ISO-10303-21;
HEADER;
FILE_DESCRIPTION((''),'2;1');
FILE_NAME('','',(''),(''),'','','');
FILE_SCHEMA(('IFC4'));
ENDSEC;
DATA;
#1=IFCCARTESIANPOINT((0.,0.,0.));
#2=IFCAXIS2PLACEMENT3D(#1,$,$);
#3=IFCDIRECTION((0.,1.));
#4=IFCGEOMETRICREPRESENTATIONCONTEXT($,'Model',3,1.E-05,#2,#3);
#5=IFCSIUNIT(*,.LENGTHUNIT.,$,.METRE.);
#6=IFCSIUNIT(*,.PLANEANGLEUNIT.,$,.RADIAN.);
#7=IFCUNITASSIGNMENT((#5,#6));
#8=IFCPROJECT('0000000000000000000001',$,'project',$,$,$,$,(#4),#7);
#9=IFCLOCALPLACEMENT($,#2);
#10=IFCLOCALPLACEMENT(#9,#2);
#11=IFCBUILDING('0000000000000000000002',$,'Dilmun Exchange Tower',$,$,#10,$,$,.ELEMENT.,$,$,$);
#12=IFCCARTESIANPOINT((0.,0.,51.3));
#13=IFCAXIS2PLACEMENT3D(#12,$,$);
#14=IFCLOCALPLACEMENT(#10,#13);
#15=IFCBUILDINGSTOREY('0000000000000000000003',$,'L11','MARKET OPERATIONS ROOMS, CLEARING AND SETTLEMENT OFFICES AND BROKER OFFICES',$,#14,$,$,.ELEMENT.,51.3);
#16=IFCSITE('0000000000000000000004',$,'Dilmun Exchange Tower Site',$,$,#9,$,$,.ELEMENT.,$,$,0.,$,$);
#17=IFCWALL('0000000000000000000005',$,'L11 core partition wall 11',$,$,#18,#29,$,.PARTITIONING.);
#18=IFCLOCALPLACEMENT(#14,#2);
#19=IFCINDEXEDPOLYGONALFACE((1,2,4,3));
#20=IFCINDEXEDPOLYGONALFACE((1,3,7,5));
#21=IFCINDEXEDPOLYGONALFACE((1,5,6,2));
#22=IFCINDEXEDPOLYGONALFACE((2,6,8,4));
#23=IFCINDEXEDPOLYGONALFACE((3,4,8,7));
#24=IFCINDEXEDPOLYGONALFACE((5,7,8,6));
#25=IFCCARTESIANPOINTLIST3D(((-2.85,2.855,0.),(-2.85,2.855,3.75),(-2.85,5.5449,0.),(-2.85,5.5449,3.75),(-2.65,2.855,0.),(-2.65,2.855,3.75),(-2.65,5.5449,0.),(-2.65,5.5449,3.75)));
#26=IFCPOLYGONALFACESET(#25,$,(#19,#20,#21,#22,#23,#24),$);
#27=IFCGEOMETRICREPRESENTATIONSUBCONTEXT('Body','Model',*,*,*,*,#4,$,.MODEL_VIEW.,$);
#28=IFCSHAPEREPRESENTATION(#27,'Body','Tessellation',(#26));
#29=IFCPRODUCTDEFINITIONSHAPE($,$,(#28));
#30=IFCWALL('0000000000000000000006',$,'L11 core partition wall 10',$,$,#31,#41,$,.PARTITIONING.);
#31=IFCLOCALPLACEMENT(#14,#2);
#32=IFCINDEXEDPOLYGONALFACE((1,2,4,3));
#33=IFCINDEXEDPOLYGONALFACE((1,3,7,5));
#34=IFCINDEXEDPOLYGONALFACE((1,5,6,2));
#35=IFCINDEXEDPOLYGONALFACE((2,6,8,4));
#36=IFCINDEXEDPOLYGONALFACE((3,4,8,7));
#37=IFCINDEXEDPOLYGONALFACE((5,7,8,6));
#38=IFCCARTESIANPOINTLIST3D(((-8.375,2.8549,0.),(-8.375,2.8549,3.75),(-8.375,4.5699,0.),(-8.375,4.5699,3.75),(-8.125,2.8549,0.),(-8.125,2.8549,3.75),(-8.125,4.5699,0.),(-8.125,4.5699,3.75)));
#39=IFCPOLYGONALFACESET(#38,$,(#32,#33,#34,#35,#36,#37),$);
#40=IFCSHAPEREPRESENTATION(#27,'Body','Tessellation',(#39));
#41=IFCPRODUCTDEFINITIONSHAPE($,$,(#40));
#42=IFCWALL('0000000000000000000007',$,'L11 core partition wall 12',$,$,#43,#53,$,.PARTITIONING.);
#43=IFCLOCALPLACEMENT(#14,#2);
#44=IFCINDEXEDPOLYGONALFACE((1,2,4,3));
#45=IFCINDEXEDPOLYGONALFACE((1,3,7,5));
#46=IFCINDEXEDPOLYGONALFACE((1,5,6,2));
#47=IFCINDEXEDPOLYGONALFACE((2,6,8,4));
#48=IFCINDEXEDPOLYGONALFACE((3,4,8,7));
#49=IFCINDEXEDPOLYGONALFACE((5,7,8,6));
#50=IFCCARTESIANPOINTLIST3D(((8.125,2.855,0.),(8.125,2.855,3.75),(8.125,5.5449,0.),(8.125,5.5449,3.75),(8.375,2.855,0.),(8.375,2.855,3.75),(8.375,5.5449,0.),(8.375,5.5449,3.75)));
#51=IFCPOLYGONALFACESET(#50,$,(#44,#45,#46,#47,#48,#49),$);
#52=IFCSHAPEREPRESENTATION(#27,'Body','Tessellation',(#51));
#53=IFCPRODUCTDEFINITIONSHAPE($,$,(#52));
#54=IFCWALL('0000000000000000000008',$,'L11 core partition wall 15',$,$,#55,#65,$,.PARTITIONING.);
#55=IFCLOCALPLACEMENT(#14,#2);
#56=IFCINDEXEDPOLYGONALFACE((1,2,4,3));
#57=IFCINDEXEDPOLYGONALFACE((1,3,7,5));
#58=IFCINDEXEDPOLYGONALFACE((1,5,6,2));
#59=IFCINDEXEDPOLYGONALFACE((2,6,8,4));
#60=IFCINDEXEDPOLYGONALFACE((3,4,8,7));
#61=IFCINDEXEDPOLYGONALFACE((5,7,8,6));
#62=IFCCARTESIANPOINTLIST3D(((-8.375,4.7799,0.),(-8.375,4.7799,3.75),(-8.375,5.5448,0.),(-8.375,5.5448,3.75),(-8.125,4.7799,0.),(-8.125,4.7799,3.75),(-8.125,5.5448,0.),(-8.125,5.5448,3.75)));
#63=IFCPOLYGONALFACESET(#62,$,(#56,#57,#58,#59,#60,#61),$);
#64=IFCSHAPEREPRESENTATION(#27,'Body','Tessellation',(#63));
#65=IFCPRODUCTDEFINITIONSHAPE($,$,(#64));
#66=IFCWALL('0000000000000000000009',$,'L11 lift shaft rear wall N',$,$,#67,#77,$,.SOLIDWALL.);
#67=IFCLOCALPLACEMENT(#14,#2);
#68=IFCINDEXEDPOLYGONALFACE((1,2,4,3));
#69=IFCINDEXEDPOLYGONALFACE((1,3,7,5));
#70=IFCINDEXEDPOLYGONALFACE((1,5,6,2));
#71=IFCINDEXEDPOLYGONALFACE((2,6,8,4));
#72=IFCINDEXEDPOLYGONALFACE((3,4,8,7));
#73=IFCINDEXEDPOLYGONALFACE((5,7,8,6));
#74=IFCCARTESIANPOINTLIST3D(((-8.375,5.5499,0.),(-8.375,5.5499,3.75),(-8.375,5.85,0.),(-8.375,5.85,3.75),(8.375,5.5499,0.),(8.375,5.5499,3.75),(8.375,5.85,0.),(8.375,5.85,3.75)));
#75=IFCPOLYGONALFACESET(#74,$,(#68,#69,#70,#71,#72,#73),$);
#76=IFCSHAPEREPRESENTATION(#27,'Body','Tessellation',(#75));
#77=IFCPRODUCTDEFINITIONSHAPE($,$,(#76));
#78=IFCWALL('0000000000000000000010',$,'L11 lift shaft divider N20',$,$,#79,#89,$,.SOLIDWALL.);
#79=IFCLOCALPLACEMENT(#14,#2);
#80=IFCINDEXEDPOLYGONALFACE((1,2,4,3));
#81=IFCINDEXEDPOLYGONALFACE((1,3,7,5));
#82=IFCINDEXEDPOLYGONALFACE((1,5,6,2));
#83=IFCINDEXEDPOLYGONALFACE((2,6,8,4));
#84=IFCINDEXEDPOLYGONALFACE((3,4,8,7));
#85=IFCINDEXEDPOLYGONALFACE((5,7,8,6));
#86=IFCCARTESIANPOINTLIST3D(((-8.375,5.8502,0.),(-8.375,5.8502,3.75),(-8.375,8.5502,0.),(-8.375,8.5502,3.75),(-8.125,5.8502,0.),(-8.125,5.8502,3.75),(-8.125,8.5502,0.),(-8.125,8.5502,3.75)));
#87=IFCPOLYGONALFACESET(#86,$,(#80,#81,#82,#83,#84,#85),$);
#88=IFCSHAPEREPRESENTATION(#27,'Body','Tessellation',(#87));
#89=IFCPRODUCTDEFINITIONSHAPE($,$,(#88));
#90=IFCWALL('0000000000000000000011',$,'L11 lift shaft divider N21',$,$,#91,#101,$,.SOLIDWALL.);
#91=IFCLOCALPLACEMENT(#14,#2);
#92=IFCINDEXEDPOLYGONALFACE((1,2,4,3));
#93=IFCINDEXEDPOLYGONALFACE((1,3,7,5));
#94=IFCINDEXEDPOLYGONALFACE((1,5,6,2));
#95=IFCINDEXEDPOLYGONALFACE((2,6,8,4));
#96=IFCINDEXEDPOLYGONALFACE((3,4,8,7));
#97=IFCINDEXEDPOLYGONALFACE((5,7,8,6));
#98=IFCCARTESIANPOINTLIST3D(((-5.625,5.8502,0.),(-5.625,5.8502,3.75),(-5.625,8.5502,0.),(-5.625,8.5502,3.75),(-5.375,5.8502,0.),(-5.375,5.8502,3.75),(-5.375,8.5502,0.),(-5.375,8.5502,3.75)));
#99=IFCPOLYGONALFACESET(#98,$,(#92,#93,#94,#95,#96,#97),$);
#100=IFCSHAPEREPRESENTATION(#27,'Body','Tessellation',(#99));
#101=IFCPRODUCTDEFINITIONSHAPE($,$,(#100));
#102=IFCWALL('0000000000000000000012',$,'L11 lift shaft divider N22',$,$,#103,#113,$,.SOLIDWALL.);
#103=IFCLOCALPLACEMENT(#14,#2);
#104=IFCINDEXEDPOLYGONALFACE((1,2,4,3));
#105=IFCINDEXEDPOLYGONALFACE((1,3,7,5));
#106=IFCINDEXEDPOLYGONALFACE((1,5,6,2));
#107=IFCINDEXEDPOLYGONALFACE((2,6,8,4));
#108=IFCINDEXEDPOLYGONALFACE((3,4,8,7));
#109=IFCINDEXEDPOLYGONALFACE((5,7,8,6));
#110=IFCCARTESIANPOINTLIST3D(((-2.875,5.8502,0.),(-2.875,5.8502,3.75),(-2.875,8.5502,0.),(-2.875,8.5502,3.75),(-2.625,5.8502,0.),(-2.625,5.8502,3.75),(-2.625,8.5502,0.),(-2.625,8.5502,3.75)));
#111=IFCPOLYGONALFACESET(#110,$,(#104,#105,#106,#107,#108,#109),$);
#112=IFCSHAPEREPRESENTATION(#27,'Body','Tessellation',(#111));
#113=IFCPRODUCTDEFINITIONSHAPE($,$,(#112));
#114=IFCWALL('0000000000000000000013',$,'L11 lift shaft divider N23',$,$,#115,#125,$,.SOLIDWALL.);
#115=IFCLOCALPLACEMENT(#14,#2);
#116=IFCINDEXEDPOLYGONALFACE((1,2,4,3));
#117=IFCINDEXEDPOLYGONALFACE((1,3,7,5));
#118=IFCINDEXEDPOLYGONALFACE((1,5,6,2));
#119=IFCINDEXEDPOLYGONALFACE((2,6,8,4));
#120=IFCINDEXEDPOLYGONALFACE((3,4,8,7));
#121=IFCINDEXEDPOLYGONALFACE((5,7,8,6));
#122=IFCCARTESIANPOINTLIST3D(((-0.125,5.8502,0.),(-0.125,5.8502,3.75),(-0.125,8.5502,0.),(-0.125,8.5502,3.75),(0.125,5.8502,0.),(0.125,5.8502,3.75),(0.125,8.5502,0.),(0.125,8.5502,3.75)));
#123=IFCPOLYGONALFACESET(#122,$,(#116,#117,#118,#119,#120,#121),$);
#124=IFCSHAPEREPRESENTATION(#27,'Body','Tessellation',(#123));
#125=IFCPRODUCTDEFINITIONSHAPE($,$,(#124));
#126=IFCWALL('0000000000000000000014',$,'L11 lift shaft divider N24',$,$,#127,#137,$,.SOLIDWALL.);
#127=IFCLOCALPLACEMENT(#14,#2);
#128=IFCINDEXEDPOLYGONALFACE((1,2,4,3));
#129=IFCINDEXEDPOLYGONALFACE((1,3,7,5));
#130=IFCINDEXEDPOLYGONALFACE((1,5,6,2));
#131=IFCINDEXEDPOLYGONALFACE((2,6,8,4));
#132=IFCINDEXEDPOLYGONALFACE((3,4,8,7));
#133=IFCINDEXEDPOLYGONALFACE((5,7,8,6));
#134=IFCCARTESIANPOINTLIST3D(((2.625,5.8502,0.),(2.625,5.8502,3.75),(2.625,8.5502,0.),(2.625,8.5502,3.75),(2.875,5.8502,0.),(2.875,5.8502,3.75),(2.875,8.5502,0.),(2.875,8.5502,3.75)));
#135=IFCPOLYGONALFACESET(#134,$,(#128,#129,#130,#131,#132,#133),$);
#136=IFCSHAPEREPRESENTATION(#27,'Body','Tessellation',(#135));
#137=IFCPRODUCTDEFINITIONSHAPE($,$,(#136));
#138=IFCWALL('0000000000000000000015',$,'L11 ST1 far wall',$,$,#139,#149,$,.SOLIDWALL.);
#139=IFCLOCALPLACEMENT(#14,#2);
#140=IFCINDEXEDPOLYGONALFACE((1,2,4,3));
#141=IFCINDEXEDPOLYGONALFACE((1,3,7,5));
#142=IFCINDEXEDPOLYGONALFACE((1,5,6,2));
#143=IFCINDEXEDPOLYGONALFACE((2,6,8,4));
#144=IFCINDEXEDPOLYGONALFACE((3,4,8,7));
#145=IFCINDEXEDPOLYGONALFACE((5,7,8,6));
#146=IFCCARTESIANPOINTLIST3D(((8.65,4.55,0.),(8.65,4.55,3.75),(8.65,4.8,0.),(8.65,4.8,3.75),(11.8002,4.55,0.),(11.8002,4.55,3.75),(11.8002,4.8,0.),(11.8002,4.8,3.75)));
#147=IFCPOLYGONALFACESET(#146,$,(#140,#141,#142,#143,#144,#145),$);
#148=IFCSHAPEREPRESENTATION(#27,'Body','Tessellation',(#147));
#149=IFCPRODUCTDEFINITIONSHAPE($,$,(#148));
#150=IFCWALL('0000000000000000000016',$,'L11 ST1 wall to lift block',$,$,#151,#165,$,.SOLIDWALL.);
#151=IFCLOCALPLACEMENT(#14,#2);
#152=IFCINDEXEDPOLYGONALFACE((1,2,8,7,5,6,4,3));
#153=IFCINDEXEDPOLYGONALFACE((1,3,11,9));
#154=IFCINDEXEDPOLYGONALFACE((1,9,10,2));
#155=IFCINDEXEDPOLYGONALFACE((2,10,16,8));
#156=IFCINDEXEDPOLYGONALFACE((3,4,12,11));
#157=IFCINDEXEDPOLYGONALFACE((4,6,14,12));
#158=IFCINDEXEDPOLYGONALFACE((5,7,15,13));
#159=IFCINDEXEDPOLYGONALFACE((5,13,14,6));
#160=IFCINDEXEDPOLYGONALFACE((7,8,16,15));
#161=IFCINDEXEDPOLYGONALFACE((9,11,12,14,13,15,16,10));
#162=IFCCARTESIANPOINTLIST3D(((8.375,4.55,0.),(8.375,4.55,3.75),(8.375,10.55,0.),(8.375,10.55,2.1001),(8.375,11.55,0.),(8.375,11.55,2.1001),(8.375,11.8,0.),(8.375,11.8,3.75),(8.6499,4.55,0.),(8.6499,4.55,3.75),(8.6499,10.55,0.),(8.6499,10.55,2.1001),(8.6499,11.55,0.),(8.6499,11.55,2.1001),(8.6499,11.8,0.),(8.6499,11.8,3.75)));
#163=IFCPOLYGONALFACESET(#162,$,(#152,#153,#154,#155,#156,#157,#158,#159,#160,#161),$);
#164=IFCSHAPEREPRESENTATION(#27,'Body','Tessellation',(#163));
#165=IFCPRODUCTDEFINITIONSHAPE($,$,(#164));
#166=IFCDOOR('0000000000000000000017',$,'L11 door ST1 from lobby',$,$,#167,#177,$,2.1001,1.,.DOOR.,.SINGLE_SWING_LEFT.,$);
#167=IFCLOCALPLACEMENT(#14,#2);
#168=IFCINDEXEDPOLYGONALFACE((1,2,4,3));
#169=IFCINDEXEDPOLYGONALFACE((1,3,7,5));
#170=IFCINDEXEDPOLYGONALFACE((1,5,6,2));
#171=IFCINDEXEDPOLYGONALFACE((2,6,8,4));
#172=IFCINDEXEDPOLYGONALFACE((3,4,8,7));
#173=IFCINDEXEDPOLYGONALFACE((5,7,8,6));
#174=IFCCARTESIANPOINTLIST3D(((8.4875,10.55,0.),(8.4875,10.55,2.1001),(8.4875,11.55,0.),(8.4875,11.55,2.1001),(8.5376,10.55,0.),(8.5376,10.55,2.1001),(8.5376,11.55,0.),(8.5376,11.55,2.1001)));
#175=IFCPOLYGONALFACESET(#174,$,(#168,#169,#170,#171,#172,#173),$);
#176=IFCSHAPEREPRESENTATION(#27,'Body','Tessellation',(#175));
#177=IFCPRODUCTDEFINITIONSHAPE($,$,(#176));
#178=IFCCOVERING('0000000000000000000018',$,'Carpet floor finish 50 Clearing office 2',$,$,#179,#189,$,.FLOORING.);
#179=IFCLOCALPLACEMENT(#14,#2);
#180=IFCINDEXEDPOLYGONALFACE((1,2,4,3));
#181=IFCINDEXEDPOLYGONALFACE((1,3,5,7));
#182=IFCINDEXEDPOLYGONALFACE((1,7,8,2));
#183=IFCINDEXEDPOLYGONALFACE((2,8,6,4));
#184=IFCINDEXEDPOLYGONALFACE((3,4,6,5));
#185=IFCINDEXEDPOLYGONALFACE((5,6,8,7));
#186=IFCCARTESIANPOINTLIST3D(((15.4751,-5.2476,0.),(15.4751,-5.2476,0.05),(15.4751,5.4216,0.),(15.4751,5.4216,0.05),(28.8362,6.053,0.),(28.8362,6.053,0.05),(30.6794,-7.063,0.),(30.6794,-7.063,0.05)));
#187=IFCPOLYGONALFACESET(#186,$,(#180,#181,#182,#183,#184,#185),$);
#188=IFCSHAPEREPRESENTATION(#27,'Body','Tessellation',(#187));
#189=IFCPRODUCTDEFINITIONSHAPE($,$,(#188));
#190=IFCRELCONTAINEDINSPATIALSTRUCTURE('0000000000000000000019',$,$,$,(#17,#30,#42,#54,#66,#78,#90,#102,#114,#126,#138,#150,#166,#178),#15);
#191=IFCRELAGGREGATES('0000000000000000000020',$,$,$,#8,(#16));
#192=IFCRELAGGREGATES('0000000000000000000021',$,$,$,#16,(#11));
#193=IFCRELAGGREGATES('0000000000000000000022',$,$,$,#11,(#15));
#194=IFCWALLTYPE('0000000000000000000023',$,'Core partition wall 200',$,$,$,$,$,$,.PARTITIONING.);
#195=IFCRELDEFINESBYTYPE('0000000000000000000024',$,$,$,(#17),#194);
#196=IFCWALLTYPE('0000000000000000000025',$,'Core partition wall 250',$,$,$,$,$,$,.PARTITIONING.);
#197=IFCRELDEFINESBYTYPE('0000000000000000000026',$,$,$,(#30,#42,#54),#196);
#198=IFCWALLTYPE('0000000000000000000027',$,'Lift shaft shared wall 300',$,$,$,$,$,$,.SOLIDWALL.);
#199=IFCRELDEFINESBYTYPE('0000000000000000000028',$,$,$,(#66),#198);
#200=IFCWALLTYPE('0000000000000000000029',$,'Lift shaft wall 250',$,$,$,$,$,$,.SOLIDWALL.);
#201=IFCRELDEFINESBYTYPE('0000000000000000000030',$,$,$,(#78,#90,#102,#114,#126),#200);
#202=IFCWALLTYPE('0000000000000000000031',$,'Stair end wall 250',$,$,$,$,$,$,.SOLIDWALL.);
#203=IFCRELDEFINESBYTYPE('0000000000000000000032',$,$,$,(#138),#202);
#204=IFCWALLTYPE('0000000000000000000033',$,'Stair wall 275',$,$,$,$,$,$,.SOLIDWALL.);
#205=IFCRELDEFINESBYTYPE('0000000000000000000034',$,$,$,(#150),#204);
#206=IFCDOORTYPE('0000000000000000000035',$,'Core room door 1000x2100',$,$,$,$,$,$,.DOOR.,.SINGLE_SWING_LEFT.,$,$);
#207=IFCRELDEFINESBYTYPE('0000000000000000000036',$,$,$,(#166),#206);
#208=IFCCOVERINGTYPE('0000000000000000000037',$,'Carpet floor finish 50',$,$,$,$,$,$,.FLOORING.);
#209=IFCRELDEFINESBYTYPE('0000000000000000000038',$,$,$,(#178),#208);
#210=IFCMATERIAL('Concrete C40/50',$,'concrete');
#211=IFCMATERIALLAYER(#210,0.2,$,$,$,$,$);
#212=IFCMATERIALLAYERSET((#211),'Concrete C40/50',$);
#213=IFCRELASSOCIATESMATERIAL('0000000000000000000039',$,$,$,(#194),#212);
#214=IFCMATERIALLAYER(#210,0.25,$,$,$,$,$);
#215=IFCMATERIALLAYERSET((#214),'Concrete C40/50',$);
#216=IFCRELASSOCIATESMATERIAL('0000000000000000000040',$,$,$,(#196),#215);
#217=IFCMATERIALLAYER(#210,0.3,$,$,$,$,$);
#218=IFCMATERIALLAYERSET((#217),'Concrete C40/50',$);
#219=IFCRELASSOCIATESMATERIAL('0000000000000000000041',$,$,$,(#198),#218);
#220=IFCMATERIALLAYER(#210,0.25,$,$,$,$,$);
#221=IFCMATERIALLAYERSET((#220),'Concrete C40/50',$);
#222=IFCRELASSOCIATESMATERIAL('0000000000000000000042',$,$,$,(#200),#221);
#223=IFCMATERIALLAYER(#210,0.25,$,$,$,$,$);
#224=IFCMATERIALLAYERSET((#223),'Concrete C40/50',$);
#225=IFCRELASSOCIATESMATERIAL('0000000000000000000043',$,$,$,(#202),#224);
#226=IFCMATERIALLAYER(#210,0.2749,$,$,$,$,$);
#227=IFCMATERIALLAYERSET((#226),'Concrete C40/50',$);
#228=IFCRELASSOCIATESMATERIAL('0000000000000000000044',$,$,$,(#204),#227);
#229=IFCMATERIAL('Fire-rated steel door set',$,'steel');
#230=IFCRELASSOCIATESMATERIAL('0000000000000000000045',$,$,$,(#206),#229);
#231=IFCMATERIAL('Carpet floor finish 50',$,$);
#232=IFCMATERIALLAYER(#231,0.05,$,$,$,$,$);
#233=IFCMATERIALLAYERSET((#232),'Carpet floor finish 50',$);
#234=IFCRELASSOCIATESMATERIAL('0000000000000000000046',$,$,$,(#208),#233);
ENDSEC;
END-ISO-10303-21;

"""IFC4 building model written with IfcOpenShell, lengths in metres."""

from ifc_helpers import new_model, si_unit, direction, frame, frame_2d, origin, place, context, subcontext, project, spatial, polyline, rectangle, outline, extrude, material, layer, layer_set, type_object, element, fill, save


model = new_model("IFC4")

# Units and contexts
model_context = context("Model", 3, precision=1e-05, world=origin(), true_north=direction((0.0, 1.0)))
body_context = subcontext(model_context, "Body", "Model", "MODEL_VIEW")
ifc_project = project(units=[si_unit("LENGTHUNIT", "METRE"), si_unit("PLANEANGLEUNIT", "RADIAN")], contexts=[model_context])

# Site, building, storey
site_placement = place(None, origin())
site = spatial("IfcSite", under=ifc_project, at=site_placement, Name="Dilmun Exchange Tower Site", CompositionType="ELEMENT", RefElevation=0.0)
building_placement = place(site_placement, origin())
building = spatial("IfcBuilding", under=site, at=building_placement, Name="Dilmun Exchange Tower", CompositionType="ELEMENT")
storey_placement = place(building_placement, frame((0.0, 0.0, 51.3)))
storey = spatial("IfcBuildingStorey", under=building, at=storey_placement, Name="L11", Description="MARKET OPERATIONS ROOMS, CLEARING AND SETTLEMENT OFFICES AND BROKER OFFICES", CompositionType="ELEMENT", Elevation=51.3)

# Walls
ifc_material_1 = material(Name="Concrete C40/50", Category="concrete")
ifc_layer_1 = layer(ifc_material_1, 0.2)
ifc_layer_set_1 = layer_set([ifc_layer_1], Name="Concrete C40/50")
wall_type_1 = type_object("IfcWallType", Name="Core partition wall 200", PredefinedType="PARTITIONING", material=ifc_layer_set_1)
wall_1_placement = place(storey_placement, frame((-2.75, 2.855, 0.0), z_axis=(0.0, 0.0, 1.0), x_axis=(0.0, 1.0, 0.0)))
element("IfcWall", 1, at=wall_1_placement, inside=storey, type_object=wall_type_1, Name="L11 core partition wall 11", PredefinedType="PARTITIONING", context=body_context, shape_type="SweptSolid", body=[
    extrude(rectangle(XDim=2.6899, YDim=0.2, at=frame_2d((1.345, 0.0))), origin(), (0.0, 0.0, 1.0), 3.75),
])
ifc_layer_2 = layer(ifc_material_1, 0.25)
ifc_layer_set_2 = layer_set([ifc_layer_2], Name="Concrete C40/50")
wall_type_2 = type_object("IfcWallType", Name="Core partition wall 250", PredefinedType="PARTITIONING", material=ifc_layer_set_2)
wall_2_placement = place(storey_placement, frame((-8.25, 2.855, 0.0), z_axis=(0.0, 0.0, 1.0), x_axis=(0.0, 1.0, 0.0)))
element("IfcWall", 2, at=wall_2_placement, inside=storey, type_object=wall_type_2, Name="L11 core partition wall 10", PredefinedType="PARTITIONING", context=body_context, shape_type="SweptSolid", body=[
    extrude(rectangle(XDim=1.7151, YDim=0.25, at=frame_2d((0.8574, 0.0))), origin(), (0.0, 0.0, 1.0), 3.75),
])
wall_3_placement = place(storey_placement, frame((8.25, 2.855, 0.0), z_axis=(0.0, 0.0, 1.0), x_axis=(0.0, 1.0, 0.0)))
element("IfcWall", 3, at=wall_3_placement, inside=storey, type_object=wall_type_2, Name="L11 core partition wall 12", PredefinedType="PARTITIONING", context=body_context, shape_type="SweptSolid", body=[
    extrude(rectangle(XDim=2.6899, YDim=0.25, at=frame_2d((1.345, 0.0))), origin(), (0.0, 0.0, 1.0), 3.75),
])
wall_4_placement = place(storey_placement, frame((-8.25, 4.78, 0.0), z_axis=(0.0, 0.0, 1.0), x_axis=(0.0, 1.0, 0.0)))
element("IfcWall", 4, at=wall_4_placement, inside=storey, type_object=wall_type_2, Name="L11 core partition wall 15", PredefinedType="PARTITIONING", context=body_context, shape_type="SweptSolid", body=[
    extrude(rectangle(XDim=0.7649, YDim=0.25, at=frame_2d((0.3823, 0.0))), origin(), (0.0, 0.0, 1.0), 3.75),
])
ifc_layer_3 = layer(ifc_material_1, 0.3)
ifc_layer_set_3 = layer_set([ifc_layer_3], Name="Concrete C40/50")
wall_type_3 = type_object("IfcWallType", Name="Lift shaft shared wall 300", PredefinedType="SOLIDWALL", material=ifc_layer_set_3)
wall_5_placement = place(storey_placement, frame((-8.375, 5.7, 0.0), z_axis=(0.0, 0.0, 1.0), x_axis=(1.0, 0.0, 0.0)))
element("IfcWall", 5, at=wall_5_placement, inside=storey, type_object=wall_type_3, Name="L11 lift shaft rear wall N", PredefinedType="SOLIDWALL", context=body_context, shape_type="SweptSolid", body=[
    extrude(rectangle(XDim=16.75, YDim=0.3, at=frame_2d((8.375, 0.0))), origin(), (0.0, 0.0, 1.0), 3.75),
])
ifc_layer_4 = layer(ifc_material_1, 0.25)
ifc_layer_set_4 = layer_set([ifc_layer_4], Name="Concrete C40/50")
wall_type_4 = type_object("IfcWallType", Name="Lift shaft wall 250", PredefinedType="SOLIDWALL", material=ifc_layer_set_4)
for number, where, z_axis, x_axis, name in (
    (6, (-8.25, 5.8501, 0.0), (0.0, 0.0, 1.0), (0.0, 1.0, 0.0), "L11 lift shaft divider N20"),
    (7, (-5.5, 5.8501, 0.0), (0.0, 0.0, 1.0), (0.0, 1.0, 0.0), "L11 lift shaft divider N21"),
    (8, (-2.75, 5.8501, 0.0), (0.0, 0.0, 1.0), (0.0, 1.0, 0.0), "L11 lift shaft divider N22"),
    (9, (0.0, 5.8501, 0.0), (0.0, 0.0, 1.0), (0.0, 1.0, 0.0), "L11 lift shaft divider N23"),
    (10, (2.75, 5.8501, 0.0), (0.0, 0.0, 1.0), (0.0, 1.0, 0.0), "L11 lift shaft divider N24"),
):
    element("IfcWall", number, at=place(storey_placement, frame(where, z_axis=z_axis, x_axis=x_axis)), inside=storey, type_object=wall_type_4, Name=name, PredefinedType="SOLIDWALL", context=body_context, shape_type="SweptSolid", body=[
        extrude(rectangle(XDim=2.7, YDim=0.25, at=frame_2d((1.3501, 0.0))), origin(), (0.0, 0.0, 1.0), 3.75),
    ])
ifc_layer_5 = layer(ifc_material_1, 0.25)
ifc_layer_set_5 = layer_set([ifc_layer_5], Name="Concrete C40/50")
wall_type_5 = type_object("IfcWallType", Name="Stair end wall 250", PredefinedType="SOLIDWALL", material=ifc_layer_set_5)
wall_6_placement = place(storey_placement, frame((8.6499, 4.675, 0.0), z_axis=(0.0, 0.0, 1.0), x_axis=(1.0, 0.0, 0.0)))
element("IfcWall", 11, at=wall_6_placement, inside=storey, type_object=wall_type_5, Name="L11 ST1 far wall", PredefinedType="SOLIDWALL", context=body_context, shape_type="SweptSolid", body=[
    extrude(rectangle(XDim=3.1501, YDim=0.25, at=frame_2d((1.5752, 0.0))), origin(), (0.0, 0.0, 1.0), 3.75),
])

# Wall, opening, door
ifc_layer_6 = layer(ifc_material_1, 0.2749)
ifc_layer_set_6 = layer_set([ifc_layer_6], Name="Concrete C40/50")
wall_type_6 = type_object("IfcWallType", Name="Stair wall 275", PredefinedType="SOLIDWALL", material=ifc_layer_set_6)
wall_7_placement = place(storey_placement, frame((8.5125, 4.55, 0.0), z_axis=(0.0, 0.0, 1.0), x_axis=(0.0, 1.0, 0.0)))
wall_7 = element("IfcWall", 12, at=wall_7_placement, inside=storey, type_object=wall_type_6, Name="L11 ST1 wall to lift block", PredefinedType="SOLIDWALL", context=body_context, shape_type="SweptSolid", body=[
    extrude(rectangle(XDim=7.25, YDim=0.2749, at=frame_2d((3.625, 0.0))), origin(), (0.0, 0.0, 1.0), 3.75),
])
opening_placement = place(wall_7_placement, frame((6.0, 0.0, 0.0)))
opening = element("IfcOpeningElement", 13, at=opening_placement, cuts=wall_7, PredefinedType="OPENING", context=body_context, shape_type="SweptSolid", body=[
    extrude(rectangle(XDim=1.0, YDim=2.1001, at=frame_2d((0.5, 1.05))), frame((0.0, 0.1475, 0.0), z_axis=(0.0, -1.0, 0.0), x_axis=(1.0, 0.0, 0.0)), (0.0, 0.0, 1.0), 0.2949),
])
ifc_material_2 = material(Name="Fire-rated steel door set", Category="steel")
door_type = type_object("IfcDoorType", Name="Core room door 1000x2100", OperationType="SINGLE_SWING_LEFT", PredefinedType="DOOR", material=ifc_material_2)
door_placement = place(opening_placement, origin())
door = element("IfcDoor", 14, at=door_placement, inside=storey, type_object=door_type, Name="L11 door ST1 from lobby", OperationType="SINGLE_SWING_LEFT", OverallHeight=2.1001, OverallWidth=1.0, PredefinedType="DOOR", context=body_context, shape_type="SweptSolid", body=[
    extrude(rectangle(XDim=1.0, YDim=2.1001, at=frame_2d((0.5, 1.05))), frame((0.0, 0.0249, 0.0), z_axis=(0.0, -1.0, 0.0), x_axis=(1.0, 0.0, 0.0)), (0.0, 0.0, 1.0), 0.05),
])
fill(opening, door)

# Covering
ifc_material_3 = material(Name="Carpet floor finish 50")
ifc_layer_7 = layer(ifc_material_3, 0.05)
ifc_layer_set_7 = layer_set([ifc_layer_7], Name="Carpet floor finish 50")
covering_type = type_object("IfcCoveringType", Name="Carpet floor finish 50", PredefinedType="FLOORING", material=ifc_layer_set_7)
covering_placement = place(storey_placement, origin())
element("IfcCovering", 15, at=covering_placement, inside=storey, type_object=covering_type, Name="Carpet floor finish 50 Clearing office 2", PredefinedType="FLOORING", context=body_context, shape_type="SweptSolid", body=[
    extrude(outline(polyline([(15.4751, -5.2476), (15.4751, 5.4216), (28.8362, 6.053), (30.6794, -7.063), (15.4751, -5.2476)])), origin(), (0.0, 0.0, 1.0), 0.05),
])

save(model, "model.ifc")
